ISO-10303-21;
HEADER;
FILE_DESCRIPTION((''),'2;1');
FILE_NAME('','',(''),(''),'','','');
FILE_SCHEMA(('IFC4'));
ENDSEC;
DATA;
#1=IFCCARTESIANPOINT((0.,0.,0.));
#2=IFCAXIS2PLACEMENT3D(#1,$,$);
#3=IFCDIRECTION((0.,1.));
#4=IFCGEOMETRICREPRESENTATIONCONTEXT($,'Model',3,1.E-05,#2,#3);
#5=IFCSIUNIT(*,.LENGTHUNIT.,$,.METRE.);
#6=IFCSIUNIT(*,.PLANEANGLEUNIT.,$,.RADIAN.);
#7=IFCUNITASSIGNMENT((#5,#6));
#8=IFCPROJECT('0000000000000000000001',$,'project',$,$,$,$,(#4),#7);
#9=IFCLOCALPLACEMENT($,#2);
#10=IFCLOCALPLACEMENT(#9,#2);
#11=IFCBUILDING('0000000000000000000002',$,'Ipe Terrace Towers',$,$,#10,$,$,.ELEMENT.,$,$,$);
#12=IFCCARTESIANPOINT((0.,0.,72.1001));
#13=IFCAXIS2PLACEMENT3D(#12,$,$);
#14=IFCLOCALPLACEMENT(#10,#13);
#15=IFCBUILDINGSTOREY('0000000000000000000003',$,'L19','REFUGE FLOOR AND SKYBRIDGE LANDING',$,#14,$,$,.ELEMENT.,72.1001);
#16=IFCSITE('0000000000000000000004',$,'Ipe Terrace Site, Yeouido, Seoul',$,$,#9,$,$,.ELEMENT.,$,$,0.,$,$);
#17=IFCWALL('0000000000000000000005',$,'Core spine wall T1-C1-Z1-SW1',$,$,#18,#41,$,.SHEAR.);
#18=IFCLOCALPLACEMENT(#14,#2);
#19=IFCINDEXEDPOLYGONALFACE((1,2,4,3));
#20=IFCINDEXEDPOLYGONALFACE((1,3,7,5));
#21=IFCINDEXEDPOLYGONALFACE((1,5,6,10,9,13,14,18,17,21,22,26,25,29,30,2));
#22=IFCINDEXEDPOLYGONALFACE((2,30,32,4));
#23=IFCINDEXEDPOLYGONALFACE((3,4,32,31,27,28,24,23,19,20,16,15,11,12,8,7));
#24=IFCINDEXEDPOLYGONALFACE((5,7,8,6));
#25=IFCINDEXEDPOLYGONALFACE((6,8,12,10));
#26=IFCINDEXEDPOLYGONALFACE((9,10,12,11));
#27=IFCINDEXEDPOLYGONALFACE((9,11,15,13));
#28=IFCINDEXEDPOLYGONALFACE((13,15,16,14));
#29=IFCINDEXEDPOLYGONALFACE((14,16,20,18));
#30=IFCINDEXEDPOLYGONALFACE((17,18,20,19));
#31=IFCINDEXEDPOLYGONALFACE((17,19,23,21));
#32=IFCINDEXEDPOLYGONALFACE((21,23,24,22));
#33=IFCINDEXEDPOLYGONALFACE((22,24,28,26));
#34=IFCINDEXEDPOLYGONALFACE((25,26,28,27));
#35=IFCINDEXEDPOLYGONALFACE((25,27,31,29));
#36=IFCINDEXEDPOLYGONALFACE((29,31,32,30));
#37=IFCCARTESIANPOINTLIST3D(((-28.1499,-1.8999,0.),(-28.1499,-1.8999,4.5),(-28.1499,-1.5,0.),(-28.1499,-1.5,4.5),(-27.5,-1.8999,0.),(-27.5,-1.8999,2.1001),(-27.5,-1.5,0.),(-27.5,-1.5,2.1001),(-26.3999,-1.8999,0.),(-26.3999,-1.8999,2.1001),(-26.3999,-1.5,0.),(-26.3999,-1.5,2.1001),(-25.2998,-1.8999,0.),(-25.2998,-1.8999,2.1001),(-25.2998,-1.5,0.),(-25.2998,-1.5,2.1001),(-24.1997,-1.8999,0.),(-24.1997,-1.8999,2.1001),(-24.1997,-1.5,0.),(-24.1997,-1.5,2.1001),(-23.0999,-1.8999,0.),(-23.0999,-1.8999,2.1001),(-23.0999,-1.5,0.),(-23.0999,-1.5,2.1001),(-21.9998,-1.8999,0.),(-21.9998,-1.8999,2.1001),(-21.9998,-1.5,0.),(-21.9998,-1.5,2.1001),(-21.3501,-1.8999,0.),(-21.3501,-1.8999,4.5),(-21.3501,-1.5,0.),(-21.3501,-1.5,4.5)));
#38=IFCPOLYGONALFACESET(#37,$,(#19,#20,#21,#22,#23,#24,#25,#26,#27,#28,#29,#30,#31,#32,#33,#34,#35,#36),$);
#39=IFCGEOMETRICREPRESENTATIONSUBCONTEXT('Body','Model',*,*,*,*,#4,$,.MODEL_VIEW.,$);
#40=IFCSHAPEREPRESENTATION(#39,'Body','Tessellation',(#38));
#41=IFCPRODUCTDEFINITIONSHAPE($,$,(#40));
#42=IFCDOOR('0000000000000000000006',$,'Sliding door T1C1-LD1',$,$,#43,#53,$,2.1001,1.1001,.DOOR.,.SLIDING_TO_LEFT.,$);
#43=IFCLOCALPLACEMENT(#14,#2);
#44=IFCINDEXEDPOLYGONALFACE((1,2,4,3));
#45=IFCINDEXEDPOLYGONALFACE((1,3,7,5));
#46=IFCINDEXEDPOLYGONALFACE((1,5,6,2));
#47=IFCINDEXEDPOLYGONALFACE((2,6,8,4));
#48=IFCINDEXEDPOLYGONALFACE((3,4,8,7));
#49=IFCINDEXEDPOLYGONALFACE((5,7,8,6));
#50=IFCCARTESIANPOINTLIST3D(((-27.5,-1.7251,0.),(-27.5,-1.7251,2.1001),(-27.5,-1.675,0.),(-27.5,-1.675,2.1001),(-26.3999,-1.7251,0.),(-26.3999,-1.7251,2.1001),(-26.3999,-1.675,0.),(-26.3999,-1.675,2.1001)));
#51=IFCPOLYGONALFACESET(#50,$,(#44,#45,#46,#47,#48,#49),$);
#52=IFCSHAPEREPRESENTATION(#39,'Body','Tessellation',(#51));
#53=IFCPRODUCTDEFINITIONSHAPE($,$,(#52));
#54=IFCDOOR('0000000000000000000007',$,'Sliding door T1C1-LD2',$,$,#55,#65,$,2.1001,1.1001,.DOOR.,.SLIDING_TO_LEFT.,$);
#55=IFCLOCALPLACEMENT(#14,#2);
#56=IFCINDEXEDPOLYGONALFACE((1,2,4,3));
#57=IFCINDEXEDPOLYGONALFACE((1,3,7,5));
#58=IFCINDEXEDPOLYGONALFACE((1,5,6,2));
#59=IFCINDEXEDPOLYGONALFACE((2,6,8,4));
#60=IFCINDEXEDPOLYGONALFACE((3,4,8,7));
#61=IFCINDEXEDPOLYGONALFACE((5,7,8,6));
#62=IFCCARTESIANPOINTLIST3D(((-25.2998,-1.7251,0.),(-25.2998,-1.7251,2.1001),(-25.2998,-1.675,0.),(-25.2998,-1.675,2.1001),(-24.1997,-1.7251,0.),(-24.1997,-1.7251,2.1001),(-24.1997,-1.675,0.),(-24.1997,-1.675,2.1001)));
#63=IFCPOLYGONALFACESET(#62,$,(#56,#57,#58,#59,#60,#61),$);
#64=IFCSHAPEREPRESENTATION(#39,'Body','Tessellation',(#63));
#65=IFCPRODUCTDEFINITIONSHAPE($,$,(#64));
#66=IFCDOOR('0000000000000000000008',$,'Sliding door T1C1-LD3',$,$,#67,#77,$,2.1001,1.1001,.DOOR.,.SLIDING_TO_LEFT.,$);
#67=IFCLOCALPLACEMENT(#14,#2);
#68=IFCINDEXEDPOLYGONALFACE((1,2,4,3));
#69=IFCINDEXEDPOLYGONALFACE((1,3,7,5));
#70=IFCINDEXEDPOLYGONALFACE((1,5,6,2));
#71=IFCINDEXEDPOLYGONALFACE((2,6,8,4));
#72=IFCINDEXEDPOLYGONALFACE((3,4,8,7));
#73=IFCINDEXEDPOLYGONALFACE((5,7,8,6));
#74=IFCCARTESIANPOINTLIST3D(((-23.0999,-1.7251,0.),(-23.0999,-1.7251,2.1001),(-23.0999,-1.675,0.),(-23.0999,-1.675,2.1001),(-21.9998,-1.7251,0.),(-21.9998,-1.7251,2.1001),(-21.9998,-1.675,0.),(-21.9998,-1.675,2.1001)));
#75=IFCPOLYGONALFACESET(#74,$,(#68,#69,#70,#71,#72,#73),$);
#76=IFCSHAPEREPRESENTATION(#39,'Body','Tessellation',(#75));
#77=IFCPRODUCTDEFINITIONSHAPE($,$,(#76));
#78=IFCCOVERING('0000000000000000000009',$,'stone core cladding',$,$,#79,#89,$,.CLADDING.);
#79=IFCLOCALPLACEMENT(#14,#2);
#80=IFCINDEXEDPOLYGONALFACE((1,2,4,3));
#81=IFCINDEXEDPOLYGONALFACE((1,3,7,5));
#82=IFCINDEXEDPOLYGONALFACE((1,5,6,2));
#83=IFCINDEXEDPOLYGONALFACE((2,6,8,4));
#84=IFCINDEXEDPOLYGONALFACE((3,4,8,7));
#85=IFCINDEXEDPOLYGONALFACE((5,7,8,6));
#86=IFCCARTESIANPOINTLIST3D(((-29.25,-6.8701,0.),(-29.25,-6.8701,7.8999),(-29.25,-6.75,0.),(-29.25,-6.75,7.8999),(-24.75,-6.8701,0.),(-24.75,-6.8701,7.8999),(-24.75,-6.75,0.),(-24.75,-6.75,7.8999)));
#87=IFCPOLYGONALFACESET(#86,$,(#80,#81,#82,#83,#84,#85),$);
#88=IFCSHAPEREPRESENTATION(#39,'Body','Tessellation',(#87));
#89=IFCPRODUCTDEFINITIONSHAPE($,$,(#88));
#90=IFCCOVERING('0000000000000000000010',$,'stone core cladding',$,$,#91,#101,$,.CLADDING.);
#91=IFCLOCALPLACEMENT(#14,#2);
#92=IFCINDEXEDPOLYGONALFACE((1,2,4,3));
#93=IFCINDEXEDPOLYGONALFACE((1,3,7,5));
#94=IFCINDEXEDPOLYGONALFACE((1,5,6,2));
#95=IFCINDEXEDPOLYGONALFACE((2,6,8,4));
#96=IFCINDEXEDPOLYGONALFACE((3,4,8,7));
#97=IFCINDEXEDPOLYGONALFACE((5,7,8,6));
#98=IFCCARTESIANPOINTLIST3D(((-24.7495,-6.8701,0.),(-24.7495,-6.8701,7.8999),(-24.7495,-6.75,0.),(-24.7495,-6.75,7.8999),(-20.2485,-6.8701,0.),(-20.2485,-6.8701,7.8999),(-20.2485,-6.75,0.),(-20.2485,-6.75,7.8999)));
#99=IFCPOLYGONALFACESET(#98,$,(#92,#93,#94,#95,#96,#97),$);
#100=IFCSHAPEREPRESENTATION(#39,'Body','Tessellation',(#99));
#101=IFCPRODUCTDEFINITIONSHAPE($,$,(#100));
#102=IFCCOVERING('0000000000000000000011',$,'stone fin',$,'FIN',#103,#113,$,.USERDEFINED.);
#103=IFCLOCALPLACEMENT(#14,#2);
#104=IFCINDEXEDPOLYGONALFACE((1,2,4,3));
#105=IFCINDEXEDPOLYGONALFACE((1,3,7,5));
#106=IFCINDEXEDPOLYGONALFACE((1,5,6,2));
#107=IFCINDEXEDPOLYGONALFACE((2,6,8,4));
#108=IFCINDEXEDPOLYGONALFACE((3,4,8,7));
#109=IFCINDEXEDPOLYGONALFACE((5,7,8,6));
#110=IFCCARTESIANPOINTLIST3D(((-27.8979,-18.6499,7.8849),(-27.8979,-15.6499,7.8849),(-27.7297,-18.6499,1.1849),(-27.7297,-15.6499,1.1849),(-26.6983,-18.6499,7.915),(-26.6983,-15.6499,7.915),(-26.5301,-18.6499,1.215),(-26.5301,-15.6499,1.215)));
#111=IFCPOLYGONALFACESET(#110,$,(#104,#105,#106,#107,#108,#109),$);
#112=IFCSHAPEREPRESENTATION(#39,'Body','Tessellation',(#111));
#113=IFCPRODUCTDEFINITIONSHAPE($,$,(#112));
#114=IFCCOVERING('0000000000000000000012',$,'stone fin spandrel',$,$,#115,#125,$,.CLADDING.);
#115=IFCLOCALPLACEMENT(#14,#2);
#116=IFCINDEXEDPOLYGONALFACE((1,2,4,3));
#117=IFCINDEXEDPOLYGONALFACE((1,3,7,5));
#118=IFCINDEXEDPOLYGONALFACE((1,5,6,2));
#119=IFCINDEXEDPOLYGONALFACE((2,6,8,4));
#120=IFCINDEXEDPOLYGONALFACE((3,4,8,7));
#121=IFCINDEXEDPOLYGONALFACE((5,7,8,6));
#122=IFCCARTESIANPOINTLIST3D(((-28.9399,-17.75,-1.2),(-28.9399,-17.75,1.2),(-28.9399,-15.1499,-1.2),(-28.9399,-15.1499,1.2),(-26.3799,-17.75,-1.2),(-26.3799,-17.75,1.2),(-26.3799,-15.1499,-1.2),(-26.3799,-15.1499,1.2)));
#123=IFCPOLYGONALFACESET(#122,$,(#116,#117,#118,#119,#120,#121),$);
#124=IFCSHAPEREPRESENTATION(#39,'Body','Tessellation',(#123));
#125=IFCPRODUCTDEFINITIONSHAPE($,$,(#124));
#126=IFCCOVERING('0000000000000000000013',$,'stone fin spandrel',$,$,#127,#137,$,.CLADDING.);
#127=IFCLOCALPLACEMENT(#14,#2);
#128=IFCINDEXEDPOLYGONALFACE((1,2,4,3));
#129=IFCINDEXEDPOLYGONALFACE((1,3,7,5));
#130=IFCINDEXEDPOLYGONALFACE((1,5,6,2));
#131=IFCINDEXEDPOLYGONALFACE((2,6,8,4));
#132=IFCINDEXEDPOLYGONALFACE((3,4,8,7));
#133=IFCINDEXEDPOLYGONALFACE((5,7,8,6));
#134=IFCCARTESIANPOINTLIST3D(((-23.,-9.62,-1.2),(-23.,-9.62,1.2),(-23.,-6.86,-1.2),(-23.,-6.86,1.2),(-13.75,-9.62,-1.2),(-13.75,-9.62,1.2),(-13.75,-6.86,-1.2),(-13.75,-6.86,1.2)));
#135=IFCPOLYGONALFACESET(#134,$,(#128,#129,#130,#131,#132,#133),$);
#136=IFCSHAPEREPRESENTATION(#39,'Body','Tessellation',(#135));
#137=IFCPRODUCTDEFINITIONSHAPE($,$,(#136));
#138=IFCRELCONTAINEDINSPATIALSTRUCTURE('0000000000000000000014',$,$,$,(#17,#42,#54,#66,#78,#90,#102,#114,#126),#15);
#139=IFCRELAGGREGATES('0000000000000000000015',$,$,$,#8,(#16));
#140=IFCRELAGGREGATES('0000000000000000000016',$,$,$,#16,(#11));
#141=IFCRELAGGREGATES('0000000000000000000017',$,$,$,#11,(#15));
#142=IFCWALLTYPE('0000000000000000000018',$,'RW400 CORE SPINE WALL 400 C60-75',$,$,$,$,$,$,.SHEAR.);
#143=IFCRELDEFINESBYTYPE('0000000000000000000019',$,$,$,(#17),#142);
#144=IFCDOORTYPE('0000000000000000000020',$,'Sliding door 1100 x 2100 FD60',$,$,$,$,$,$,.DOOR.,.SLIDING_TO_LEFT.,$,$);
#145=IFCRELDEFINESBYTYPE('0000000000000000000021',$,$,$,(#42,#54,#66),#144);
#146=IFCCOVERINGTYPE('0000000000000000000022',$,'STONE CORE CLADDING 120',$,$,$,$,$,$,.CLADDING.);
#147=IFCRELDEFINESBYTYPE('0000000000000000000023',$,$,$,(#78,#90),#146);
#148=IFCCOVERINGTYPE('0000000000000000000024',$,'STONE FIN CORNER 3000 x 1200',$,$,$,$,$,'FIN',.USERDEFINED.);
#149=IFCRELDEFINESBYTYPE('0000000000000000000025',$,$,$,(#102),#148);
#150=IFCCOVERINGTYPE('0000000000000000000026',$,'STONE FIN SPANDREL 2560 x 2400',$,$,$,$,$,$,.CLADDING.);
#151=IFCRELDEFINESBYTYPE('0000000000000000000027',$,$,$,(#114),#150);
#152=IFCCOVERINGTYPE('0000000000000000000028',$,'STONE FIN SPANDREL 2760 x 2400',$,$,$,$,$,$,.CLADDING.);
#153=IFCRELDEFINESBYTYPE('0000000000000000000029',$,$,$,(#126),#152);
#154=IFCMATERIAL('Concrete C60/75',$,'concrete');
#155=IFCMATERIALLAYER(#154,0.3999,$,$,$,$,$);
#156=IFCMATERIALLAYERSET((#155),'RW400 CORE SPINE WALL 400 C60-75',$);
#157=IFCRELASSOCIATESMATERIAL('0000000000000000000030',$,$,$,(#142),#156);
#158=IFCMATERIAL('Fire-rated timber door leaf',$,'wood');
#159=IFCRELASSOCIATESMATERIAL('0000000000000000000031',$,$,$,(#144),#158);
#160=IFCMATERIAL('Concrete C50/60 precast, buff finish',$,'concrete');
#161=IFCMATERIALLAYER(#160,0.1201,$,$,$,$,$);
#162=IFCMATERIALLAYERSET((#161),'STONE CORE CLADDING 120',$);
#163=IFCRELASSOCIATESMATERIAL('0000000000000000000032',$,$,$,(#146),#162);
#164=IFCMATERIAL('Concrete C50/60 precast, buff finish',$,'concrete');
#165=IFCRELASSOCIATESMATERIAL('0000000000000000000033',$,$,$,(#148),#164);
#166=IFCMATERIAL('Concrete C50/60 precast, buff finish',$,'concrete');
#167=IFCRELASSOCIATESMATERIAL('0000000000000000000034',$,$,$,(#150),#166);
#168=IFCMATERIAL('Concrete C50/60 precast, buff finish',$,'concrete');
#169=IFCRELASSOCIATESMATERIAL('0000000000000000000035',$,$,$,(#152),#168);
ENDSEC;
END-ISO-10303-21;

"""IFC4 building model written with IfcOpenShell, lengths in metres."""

from ifc_helpers import new_model, si_unit, direction, frame, frame_2d, origin, origin_2d, place, context, subcontext, project, spatial, rectangle, extrude, material, layer, layer_set, material_profile, profile_set, type_object, element, fill, save


model = new_model("IFC4")

# Units and contexts
model_context = context("Model", 3, precision=1e-05, world=origin(), true_north=direction((0.0, 1.0)))
body_context = subcontext(model_context, "Body", "Model", "MODEL_VIEW")
ifc_project = project(units=[si_unit("LENGTHUNIT", "METRE"), si_unit("PLANEANGLEUNIT", "RADIAN")], contexts=[model_context])

# Site, building, storey
site_placement = place(None, origin())
site = spatial("IfcSite", under=ifc_project, at=site_placement, Name="Ipe Terrace Site, Yeouido, Seoul", CompositionType="ELEMENT", RefElevation=0.0)
building_placement = place(site_placement, origin())
building = spatial("IfcBuilding", under=site, at=building_placement, Name="Ipe Terrace Towers", CompositionType="ELEMENT")
storey_placement = place(building_placement, frame((0.0, 0.0, 72.1001)))
storey = spatial("IfcBuildingStorey", under=building, at=storey_placement, Name="L19", Description="REFUGE FLOOR AND SKYBRIDGE LANDING", CompositionType="ELEMENT", Elevation=72.1001)

# Wall, openings, doors
ifc_material_1 = material(Name="Concrete C60/75", Category="concrete")
ifc_layer_1 = layer(ifc_material_1, 0.3999)
ifc_layer_set_1 = layer_set([ifc_layer_1], Name="RW400 CORE SPINE WALL 400 C60-75")
wall_type_1 = type_object("IfcWallType", Name="RW400 CORE SPINE WALL 400 C60-75", PredefinedType="SHEAR", material=ifc_layer_set_1)
wall_1_placement = place(storey_placement, frame((-28.1499, -1.7, 0.0), z_axis=(0.0, 0.0, 1.0), x_axis=(1.0, 0.0, 0.0)))
wall_1 = element("IfcWall", 1, at=wall_1_placement, inside=storey, type_object=wall_type_1, Name="Core spine wall T1-C1-Z1-SW1", PredefinedType="SHEAR", context=body_context, shape_type="SweptSolid", body=[
    extrude(rectangle(XDim=6.7998, YDim=0.3999, at=frame_2d((3.3999, 0.0))), origin(), (0.0, 0.0, 1.0), 4.5),
])
opening_1_placement = place(wall_1_placement, frame((0.6499, 0.0, 0.0)))
opening_1 = element("IfcOpeningElement", 2, at=opening_1_placement, cuts=wall_1, PredefinedType="OPENING", context=body_context, shape_type="SweptSolid", body=[
    extrude(rectangle(XDim=1.1001, YDim=2.1001, at=frame_2d((0.55, 1.05))), frame((0.0, 0.21, 0.0), z_axis=(0.0, -1.0, 0.0), x_axis=(1.0, 0.0, 0.0)), (0.0, 0.0, 1.0), 0.4199),
])
opening_2_placement = place(wall_1_placement, frame((2.8501, 0.0, 0.0)))
opening_2 = element("IfcOpeningElement", 3, at=opening_2_placement, cuts=wall_1, PredefinedType="OPENING", context=body_context, shape_type="SweptSolid", body=[
    extrude(rectangle(XDim=1.1001, YDim=2.1001, at=frame_2d((0.55, 1.05))), frame((0.0, 0.21, 0.0), z_axis=(0.0, -1.0, 0.0), x_axis=(1.0, 0.0, 0.0)), (0.0, 0.0, 1.0), 0.4199),
])
opening_3_placement = place(wall_1_placement, frame((5.05, 0.0, 0.0)))
opening_3 = element("IfcOpeningElement", 4, at=opening_3_placement, cuts=wall_1, PredefinedType="OPENING", context=body_context, shape_type="SweptSolid", body=[
    extrude(rectangle(XDim=1.1001, YDim=2.1001, at=frame_2d((0.55, 1.05))), frame((0.0, 0.21, 0.0), z_axis=(0.0, -1.0, 0.0), x_axis=(1.0, 0.0, 0.0)), (0.0, 0.0, 1.0), 0.4199),
])
ifc_material_2 = material(Name="Fire-rated timber door leaf", Category="wood")
door_type_1 = type_object("IfcDoorType", Name="Sliding door 1100 x 2100 FD60", OperationType="SLIDING_TO_LEFT", PredefinedType="DOOR", material=ifc_material_2)
door_1_placement = place(opening_1_placement, origin())
door_1 = element("IfcDoor", 5, at=door_1_placement, inside=storey, type_object=door_type_1, Name="Sliding door T1C1-LD1", OperationType="SLIDING_TO_LEFT", OverallHeight=2.1001, OverallWidth=1.1001, PredefinedType="DOOR", context=body_context, shape_type="SweptSolid", body=[
    extrude(rectangle(XDim=1.1001, YDim=2.1001, at=frame_2d((0.55, 1.05))), frame((0.0, 0.0249, 0.0), z_axis=(0.0, -1.0, 0.0), x_axis=(1.0, 0.0, 0.0)), (0.0, 0.0, 1.0), 0.05),
])
fill(opening_1, door_1)
door_2_placement = place(opening_2_placement, origin())
door_2 = element("IfcDoor", 6, at=door_2_placement, inside=storey, type_object=door_type_1, Name="Sliding door T1C1-LD2", OperationType="SLIDING_TO_LEFT", OverallHeight=2.1001, OverallWidth=1.1001, PredefinedType="DOOR", context=body_context, shape_type="SweptSolid", body=[
    extrude(rectangle(XDim=1.1001, YDim=2.1001, at=frame_2d((0.55, 1.05))), frame((0.0, 0.0249, 0.0), z_axis=(0.0, -1.0, 0.0), x_axis=(1.0, 0.0, 0.0)), (0.0, 0.0, 1.0), 0.05),
])
fill(opening_2, door_2)
door_3_placement = place(opening_3_placement, origin())
door_3 = element("IfcDoor", 7, at=door_3_placement, inside=storey, type_object=door_type_1, Name="Sliding door T1C1-LD3", OperationType="SLIDING_TO_LEFT", OverallHeight=2.1001, OverallWidth=1.1001, PredefinedType="DOOR", context=body_context, shape_type="SweptSolid", body=[
    extrude(rectangle(XDim=1.1001, YDim=2.1001, at=frame_2d((0.55, 1.05))), frame((0.0, 0.0249, 0.0), z_axis=(0.0, -1.0, 0.0), x_axis=(1.0, 0.0, 0.0)), (0.0, 0.0, 1.0), 0.05),
])
fill(opening_3, door_3)

# Coverings
ifc_material_3 = material(Name="Concrete C50/60 precast, buff finish", Category="concrete")
ifc_layer_2 = layer(ifc_material_3, 0.1201)
ifc_layer_set_2 = layer_set([ifc_layer_2], Name="STONE CORE CLADDING 120")
covering_type_1 = type_object("IfcCoveringType", Name="STONE CORE CLADDING 120", PredefinedType="CLADDING", material=ifc_layer_set_2)
covering_1_placement = place(storey_placement, frame((-27.0, -6.8101, 0.0), z_axis=(0.0, 0.0, 1.0), x_axis=(1.0, 0.0, 0.0)))
element("IfcCovering", 8, at=covering_1_placement, inside=storey, type_object=covering_type_1, Name="stone core cladding", PredefinedType="CLADDING", context=body_context, shape_type="SweptSolid", body=[
    extrude(rectangle(XDim=4.5, YDim=0.1201, at=origin_2d()), origin(), (0.0, 0.0, 1.0), 7.8999),
])
covering_2_placement = place(storey_placement, frame((-22.499, -6.8101, 0.0), z_axis=(0.0, 0.0, 1.0), x_axis=(1.0, 0.0, 0.0)))
element("IfcCovering", 9, at=covering_2_placement, inside=storey, type_object=covering_type_1, Name="stone core cladding", PredefinedType="CLADDING", context=body_context, shape_type="SweptSolid", body=[
    extrude(rectangle(XDim=4.501, YDim=0.1201, at=origin_2d()), origin(), (0.0, 0.0, 1.0), 7.8999),
])
ifc_material_4 = material(Name="Concrete C50/60 precast, buff finish", Category="concrete")
ifc_material_profile_1 = material_profile(ifc_material_4, rectangle(XDim=3.0, YDim=1.2, at=origin_2d()), Name="STONE FIN CORNER 3000 x 1200")
ifc_profile_set_1 = profile_set([ifc_material_profile_1], Name="Concrete C50/60 precast, buff finish")
covering_type_2 = type_object("IfcCoveringType", Name="STONE FIN CORNER 3000 x 1200", ElementType="FIN", PredefinedType="USERDEFINED", material=ifc_profile_set_1)
covering_3_placement = place(storey_placement, frame((-27.1299, -17.1499, 1.2), z_axis=(-0.025099, 0.0, 0.999685), x_axis=(0.0, 1.0, 0.0)))
element("IfcCovering", 10, at=covering_3_placement, inside=storey, type_object=covering_type_2, Name="stone fin", ObjectType="FIN", PredefinedType="USERDEFINED", context=body_context, shape_type="SweptSolid", body=[
    extrude(rectangle(XDim=3.0, YDim=1.2, at=origin_2d()), origin(), (0.0, 0.0, 1.0), 6.7021),
])
ifc_material_5 = material(Name="Concrete C50/60 precast, buff finish", Category="concrete")
ifc_material_profile_2 = material_profile(ifc_material_5, rectangle(XDim=2.5601, YDim=2.3999, at=origin_2d()), Name="STONE FIN SPANDREL 2560 x 2400")
ifc_profile_set_2 = profile_set([ifc_material_profile_2], Name="Concrete C50/60 precast, buff finish")
covering_type_3 = type_object("IfcCoveringType", Name="STONE FIN SPANDREL 2560 x 2400", PredefinedType="CLADDING", material=ifc_profile_set_2)
covering_4_placement = place(storey_placement, frame((-27.6599, -17.75, 0.0), z_axis=(0.0, 1.0, 0.0), x_axis=(1.0, 0.0, 0.0)))
element("IfcCovering", 11, at=covering_4_placement, inside=storey, type_object=covering_type_3, Name="stone fin spandrel", PredefinedType="CLADDING", context=body_context, shape_type="SweptSolid", body=[
    extrude(rectangle(XDim=2.5601, YDim=2.3999, at=origin_2d()), origin(), (0.0, 0.0, 1.0), 2.6001),
])
ifc_material_6 = material(Name="Concrete C50/60 precast, buff finish", Category="concrete")
ifc_material_profile_3 = material_profile(ifc_material_6, rectangle(XDim=2.76, YDim=2.3999, at=origin_2d()), Name="STONE FIN SPANDREL 2760 x 2400")
ifc_profile_set_3 = profile_set([ifc_material_profile_3], Name="Concrete C50/60 precast, buff finish")
covering_type_4 = type_object("IfcCoveringType", Name="STONE FIN SPANDREL 2760 x 2400", PredefinedType="CLADDING", material=ifc_profile_set_3)
covering_5_placement = place(storey_placement, frame((-23.0, -8.24, 0.0), z_axis=(1.0, 0.0, 0.0), x_axis=(0.0, -1.0, 0.0)))
element("IfcCovering", 12, at=covering_5_placement, inside=storey, type_object=covering_type_4, Name="stone fin spandrel", PredefinedType="CLADDING", context=body_context, shape_type="SweptSolid", body=[
    extrude(rectangle(XDim=2.76, YDim=2.3999, at=origin_2d()), origin(), (0.0, 0.0, 1.0), 9.25),
])

save(model, "model.ifc")
